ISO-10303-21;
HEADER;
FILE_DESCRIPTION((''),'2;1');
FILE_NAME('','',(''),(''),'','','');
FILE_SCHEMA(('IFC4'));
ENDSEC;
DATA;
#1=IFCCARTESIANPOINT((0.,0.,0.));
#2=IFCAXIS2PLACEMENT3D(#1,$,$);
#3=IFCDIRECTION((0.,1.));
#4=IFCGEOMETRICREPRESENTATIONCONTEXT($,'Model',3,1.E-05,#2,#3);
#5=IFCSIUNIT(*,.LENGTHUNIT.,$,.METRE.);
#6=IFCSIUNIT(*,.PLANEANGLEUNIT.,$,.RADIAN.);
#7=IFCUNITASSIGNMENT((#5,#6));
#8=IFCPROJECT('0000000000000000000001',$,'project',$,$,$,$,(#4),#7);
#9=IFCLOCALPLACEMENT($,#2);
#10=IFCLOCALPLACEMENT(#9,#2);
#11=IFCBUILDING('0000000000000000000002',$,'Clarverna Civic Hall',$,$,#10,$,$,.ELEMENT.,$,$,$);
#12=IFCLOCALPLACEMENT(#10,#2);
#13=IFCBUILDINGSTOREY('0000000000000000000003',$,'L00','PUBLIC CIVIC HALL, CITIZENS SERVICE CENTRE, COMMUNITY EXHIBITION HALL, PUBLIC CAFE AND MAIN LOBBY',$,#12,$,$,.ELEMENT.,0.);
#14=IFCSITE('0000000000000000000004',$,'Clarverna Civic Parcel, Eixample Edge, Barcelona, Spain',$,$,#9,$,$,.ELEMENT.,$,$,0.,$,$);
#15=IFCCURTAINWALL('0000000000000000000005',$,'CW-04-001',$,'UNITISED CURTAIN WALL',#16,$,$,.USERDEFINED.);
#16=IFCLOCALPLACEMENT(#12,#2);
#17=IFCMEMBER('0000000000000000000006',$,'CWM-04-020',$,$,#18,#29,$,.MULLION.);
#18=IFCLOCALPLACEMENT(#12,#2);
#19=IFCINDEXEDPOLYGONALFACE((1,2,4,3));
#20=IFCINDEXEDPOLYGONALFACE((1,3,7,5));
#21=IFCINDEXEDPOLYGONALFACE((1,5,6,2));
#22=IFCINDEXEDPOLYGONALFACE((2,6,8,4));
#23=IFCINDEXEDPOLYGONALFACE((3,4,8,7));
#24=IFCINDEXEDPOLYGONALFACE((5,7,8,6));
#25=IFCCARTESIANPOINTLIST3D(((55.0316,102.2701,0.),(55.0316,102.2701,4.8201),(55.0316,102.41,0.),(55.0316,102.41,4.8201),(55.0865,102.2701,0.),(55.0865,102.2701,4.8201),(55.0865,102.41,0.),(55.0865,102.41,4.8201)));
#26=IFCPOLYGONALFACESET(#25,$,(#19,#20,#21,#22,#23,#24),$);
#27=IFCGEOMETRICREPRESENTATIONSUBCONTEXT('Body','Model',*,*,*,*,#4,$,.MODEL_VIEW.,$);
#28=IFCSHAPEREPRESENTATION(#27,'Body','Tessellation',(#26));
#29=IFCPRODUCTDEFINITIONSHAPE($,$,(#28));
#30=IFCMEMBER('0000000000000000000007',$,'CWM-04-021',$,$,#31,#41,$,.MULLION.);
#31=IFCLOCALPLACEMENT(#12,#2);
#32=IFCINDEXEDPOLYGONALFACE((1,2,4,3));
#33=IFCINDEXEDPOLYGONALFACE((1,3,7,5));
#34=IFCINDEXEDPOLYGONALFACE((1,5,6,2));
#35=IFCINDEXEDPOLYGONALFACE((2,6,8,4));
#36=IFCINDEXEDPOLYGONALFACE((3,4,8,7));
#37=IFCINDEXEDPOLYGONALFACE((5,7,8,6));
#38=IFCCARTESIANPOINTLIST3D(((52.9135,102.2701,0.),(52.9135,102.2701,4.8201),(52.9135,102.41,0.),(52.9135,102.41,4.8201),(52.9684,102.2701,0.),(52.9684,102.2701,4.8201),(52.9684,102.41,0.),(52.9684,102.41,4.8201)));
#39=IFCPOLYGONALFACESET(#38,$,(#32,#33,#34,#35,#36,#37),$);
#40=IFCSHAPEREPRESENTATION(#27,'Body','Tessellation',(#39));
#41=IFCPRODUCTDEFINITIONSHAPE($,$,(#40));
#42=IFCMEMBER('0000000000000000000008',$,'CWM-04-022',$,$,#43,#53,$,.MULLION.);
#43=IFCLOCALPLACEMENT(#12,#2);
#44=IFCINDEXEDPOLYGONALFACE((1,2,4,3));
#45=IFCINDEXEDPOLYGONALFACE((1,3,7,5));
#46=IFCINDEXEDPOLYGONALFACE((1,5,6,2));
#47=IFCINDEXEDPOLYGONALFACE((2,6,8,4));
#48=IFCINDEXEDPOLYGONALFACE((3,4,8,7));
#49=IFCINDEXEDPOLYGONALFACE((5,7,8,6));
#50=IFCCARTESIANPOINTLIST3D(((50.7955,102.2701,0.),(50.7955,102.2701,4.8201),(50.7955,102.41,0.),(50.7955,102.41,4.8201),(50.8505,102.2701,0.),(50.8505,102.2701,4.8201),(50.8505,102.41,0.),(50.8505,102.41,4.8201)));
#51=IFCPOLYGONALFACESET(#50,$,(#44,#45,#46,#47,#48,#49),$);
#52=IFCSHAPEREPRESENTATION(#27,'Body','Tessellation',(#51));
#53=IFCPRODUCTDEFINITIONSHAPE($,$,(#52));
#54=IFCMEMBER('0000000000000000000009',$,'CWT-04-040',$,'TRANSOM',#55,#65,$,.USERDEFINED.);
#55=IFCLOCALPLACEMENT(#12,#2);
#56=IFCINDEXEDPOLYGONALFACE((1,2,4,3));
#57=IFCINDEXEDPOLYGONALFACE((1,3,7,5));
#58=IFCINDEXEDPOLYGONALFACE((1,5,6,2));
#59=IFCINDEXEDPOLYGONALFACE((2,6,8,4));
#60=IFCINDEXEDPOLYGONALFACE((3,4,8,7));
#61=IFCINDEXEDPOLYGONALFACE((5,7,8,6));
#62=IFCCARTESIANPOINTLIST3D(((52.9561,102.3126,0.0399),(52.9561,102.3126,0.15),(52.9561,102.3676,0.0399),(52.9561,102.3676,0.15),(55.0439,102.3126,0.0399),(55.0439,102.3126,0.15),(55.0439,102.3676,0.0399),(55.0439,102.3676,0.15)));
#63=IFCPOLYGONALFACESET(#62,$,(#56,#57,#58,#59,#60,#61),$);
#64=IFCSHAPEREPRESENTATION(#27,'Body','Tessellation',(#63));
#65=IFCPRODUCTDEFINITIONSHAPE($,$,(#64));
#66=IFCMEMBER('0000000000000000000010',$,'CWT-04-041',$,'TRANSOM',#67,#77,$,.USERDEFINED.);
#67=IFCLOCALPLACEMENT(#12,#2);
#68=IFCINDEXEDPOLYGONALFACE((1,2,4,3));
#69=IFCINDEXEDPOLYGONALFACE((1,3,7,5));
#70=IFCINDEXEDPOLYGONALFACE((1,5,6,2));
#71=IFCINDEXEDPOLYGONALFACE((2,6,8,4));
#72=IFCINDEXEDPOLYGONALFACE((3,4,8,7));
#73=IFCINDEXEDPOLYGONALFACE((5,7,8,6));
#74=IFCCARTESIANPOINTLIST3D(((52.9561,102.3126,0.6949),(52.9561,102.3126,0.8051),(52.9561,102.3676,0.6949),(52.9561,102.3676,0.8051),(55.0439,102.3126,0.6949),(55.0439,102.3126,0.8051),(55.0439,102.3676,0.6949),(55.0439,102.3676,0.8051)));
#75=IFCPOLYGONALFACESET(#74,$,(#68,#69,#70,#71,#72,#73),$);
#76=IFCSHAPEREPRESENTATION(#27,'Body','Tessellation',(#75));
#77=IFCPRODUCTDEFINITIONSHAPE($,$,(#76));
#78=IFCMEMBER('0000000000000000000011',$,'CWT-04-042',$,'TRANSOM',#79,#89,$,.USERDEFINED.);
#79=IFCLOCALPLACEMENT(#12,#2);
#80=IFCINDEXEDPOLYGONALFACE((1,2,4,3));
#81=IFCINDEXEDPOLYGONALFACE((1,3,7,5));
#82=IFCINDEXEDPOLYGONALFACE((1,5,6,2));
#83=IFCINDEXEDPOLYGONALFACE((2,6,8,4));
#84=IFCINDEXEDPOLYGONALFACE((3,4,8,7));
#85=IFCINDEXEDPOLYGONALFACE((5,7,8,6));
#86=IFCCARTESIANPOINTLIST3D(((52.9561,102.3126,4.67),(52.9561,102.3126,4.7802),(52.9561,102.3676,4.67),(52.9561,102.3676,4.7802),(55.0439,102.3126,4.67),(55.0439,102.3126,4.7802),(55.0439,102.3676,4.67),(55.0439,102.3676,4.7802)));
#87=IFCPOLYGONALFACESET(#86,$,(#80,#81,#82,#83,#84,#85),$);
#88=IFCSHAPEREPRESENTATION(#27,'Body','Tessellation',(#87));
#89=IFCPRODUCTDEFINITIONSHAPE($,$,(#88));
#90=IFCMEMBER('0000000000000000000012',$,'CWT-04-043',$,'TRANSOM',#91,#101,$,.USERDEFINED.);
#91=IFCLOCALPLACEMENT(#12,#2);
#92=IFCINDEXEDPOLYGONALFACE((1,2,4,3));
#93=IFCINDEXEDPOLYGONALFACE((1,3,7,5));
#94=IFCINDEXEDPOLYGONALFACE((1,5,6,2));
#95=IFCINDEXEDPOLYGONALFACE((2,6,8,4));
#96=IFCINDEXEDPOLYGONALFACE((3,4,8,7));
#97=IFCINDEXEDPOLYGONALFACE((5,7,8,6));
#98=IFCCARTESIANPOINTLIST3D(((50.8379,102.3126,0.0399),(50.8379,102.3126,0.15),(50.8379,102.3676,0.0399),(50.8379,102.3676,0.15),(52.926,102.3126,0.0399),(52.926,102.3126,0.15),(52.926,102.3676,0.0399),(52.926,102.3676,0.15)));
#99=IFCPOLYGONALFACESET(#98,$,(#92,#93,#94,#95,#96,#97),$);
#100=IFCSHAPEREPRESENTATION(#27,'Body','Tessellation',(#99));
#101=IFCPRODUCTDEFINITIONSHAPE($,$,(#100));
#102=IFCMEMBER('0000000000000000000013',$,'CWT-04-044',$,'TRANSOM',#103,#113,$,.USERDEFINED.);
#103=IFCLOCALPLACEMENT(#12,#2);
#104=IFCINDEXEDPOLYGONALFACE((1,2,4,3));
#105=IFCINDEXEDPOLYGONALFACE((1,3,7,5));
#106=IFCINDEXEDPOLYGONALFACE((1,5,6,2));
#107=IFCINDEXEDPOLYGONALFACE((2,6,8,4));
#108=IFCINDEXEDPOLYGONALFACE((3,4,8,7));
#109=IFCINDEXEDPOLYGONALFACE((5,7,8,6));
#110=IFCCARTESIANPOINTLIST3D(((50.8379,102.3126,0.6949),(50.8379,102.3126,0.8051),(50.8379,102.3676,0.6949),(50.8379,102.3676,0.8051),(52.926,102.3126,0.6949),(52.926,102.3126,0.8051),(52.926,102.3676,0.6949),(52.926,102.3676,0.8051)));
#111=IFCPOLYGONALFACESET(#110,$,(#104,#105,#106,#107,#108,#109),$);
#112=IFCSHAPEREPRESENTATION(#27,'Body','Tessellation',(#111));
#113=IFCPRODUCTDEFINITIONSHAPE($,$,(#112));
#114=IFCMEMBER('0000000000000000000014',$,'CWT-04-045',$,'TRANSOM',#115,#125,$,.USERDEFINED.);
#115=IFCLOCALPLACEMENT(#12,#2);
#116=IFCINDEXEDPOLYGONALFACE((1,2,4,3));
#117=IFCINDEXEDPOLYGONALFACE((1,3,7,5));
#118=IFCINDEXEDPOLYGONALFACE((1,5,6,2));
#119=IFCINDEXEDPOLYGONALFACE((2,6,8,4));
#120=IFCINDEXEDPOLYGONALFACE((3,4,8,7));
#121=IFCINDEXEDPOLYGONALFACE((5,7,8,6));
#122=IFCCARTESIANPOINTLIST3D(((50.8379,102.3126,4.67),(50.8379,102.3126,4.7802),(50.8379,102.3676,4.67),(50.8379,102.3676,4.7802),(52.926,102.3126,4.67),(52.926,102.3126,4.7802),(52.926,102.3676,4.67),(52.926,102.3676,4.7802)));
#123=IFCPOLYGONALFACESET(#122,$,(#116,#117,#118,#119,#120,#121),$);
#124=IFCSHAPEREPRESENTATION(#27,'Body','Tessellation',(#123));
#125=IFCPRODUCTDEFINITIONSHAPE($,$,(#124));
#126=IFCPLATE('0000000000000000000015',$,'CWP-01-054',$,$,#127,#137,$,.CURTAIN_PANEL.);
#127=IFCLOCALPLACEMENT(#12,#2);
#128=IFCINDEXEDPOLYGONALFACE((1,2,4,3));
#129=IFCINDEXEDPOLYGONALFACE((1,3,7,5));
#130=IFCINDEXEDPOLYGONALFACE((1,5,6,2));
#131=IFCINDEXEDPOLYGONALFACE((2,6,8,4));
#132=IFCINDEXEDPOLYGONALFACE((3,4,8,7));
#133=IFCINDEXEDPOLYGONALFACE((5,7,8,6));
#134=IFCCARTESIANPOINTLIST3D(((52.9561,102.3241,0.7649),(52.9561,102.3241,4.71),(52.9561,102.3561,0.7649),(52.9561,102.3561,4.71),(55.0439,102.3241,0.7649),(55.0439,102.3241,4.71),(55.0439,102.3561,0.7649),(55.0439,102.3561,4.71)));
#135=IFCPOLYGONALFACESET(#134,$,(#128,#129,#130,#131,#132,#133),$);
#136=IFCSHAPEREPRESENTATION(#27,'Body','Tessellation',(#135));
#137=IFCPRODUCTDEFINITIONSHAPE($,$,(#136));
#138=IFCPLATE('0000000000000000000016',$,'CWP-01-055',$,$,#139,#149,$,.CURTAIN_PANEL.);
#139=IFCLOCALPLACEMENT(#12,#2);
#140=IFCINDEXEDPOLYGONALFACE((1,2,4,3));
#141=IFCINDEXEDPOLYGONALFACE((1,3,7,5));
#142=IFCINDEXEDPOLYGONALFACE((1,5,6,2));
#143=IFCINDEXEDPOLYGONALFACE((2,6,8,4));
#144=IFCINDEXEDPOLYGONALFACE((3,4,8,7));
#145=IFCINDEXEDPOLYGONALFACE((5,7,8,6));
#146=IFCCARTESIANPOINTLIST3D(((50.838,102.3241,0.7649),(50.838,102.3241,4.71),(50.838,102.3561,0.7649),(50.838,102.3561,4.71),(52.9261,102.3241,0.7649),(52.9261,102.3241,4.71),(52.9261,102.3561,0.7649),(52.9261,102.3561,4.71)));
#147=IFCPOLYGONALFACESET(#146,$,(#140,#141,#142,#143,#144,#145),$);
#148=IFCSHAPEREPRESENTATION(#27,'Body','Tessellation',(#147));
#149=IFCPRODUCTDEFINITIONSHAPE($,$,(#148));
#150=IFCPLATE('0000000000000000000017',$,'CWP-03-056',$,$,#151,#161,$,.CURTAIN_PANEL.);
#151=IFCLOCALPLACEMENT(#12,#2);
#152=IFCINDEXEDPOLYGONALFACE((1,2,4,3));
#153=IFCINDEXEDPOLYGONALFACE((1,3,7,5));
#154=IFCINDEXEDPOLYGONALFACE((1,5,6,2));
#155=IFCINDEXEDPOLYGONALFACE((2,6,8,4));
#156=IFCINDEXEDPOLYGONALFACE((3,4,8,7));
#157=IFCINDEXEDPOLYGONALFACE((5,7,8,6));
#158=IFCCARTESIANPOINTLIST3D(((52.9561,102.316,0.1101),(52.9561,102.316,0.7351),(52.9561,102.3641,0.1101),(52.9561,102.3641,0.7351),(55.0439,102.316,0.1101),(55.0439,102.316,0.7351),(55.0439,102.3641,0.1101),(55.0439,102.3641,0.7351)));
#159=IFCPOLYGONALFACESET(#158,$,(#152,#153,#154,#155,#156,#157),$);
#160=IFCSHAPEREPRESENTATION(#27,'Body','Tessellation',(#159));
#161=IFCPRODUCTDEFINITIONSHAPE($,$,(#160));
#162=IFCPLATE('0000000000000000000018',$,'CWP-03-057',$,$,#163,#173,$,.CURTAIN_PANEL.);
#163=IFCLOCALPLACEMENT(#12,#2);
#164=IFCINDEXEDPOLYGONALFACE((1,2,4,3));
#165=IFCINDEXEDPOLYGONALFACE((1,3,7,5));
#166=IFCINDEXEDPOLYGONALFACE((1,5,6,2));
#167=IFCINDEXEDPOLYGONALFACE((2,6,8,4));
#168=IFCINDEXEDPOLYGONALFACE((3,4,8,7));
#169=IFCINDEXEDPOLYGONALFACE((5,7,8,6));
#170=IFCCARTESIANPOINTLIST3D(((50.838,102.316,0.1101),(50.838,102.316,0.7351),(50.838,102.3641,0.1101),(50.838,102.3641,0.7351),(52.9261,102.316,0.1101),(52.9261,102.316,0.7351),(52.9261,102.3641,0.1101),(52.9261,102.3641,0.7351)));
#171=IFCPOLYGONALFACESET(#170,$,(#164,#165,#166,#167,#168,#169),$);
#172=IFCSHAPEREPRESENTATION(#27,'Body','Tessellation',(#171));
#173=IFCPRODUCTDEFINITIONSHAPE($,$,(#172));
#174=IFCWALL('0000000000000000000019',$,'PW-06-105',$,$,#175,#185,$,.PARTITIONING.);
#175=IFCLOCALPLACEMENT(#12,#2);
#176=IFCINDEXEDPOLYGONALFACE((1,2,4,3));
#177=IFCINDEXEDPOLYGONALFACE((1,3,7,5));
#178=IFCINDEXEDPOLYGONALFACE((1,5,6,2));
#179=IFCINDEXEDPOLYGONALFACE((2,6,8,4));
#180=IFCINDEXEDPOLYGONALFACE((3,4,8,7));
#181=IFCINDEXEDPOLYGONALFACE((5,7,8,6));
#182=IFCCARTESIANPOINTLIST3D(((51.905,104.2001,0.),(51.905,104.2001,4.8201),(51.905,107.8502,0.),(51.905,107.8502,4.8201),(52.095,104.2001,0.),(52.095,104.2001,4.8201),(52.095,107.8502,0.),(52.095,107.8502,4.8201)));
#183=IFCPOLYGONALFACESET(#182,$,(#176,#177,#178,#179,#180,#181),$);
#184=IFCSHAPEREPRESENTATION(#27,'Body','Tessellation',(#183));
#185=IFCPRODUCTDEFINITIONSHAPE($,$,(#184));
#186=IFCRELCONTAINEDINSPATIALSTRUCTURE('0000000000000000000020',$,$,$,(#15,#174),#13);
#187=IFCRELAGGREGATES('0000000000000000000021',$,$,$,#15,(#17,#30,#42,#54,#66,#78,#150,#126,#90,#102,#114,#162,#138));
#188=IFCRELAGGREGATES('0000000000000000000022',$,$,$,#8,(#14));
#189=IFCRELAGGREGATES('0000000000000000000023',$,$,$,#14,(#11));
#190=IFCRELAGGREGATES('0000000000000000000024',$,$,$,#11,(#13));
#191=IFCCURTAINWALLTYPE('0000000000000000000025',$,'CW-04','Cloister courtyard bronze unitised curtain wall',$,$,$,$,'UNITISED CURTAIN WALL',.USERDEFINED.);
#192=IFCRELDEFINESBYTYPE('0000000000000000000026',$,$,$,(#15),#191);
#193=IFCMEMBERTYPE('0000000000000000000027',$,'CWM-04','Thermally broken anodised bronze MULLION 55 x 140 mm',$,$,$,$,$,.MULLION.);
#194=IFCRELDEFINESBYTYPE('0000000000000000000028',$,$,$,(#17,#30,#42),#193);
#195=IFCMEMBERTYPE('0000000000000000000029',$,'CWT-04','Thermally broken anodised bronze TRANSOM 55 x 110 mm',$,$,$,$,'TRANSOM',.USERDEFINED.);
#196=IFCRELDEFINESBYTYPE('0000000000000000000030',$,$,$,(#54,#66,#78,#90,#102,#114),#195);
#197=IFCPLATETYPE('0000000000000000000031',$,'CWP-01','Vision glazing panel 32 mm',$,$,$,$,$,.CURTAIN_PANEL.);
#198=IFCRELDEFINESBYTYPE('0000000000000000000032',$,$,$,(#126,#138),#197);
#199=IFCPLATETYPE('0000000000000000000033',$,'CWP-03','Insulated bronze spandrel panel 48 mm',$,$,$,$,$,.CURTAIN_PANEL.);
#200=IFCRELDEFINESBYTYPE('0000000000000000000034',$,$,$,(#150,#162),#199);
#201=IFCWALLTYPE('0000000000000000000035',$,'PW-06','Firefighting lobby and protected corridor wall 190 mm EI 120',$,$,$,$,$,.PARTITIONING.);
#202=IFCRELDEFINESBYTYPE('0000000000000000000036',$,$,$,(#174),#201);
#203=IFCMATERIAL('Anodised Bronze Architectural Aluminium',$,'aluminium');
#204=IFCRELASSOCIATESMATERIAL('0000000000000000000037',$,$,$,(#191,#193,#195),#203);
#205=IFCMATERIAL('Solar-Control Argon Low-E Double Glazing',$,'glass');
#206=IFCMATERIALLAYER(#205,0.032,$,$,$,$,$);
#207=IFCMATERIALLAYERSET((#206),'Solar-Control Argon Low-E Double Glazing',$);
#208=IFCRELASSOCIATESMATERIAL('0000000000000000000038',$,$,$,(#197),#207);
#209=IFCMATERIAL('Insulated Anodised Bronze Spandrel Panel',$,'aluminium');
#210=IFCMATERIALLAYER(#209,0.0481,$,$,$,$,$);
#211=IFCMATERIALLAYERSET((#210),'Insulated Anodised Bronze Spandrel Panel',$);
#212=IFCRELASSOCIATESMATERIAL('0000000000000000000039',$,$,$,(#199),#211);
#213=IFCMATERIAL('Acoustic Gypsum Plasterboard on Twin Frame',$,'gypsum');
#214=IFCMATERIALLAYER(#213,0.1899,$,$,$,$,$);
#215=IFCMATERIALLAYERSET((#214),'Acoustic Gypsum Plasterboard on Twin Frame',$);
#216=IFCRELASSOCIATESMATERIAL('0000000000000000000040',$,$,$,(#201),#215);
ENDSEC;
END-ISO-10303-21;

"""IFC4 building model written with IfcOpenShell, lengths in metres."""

from ifc_helpers import new_model, si_unit, direction, frame, frame_2d, origin, origin_2d, place, context, subcontext, project, spatial, rectangle, extrude, material, layer, layer_set, material_profile, profile_set, type_object, element, aggregate, save


model = new_model("IFC4")

# Units and contexts
model_context = context("Model", 3, precision=1e-05, world=origin(), true_north=direction((0.0, 1.0)))
body_context = subcontext(model_context, "Body", "Model", "MODEL_VIEW")
ifc_project = project(units=[si_unit("LENGTHUNIT", "METRE"), si_unit("PLANEANGLEUNIT", "RADIAN")], contexts=[model_context])

# Site, building, storey
site_placement = place(None, origin())
site = spatial("IfcSite", under=ifc_project, at=site_placement, Name="Clarverna Civic Parcel, Eixample Edge, Barcelona, Spain", CompositionType="ELEMENT", RefElevation=0.0)
building_placement = place(site_placement, origin())
building = spatial("IfcBuilding", under=site, at=building_placement, Name="Clarverna Civic Hall", CompositionType="ELEMENT")
storey_placement = place(building_placement, origin())
storey = spatial("IfcBuildingStorey", under=building, at=storey_placement, Name="L00", Description="PUBLIC CIVIC HALL, CITIZENS SERVICE CENTRE, COMMUNITY EXHIBITION HALL, PUBLIC CAFE AND MAIN LOBBY", CompositionType="ELEMENT", Elevation=0.0)

# Curtain wall, members, plates
ifc_material_1 = material(Name="Anodised Bronze Architectural Aluminium", Category="aluminium")
curtain_wall_type = type_object("IfcCurtainWallType", Name="CW-04", Description="Cloister courtyard bronze unitised curtain wall", ElementType="UNITISED CURTAIN WALL", PredefinedType="USERDEFINED", material=ifc_material_1)
curtain_wall_placement = place(storey_placement, origin())
curtain_wall = element("IfcCurtainWall", 1, at=curtain_wall_placement, inside=storey, type_object=curtain_wall_type, Name="CW-04-001", ObjectType="UNITISED CURTAIN WALL", PredefinedType="USERDEFINED")
ifc_material_profile_1 = material_profile(ifc_material_1, rectangle(XDim=0.0549, YDim=0.1399, at=origin_2d()), Name="BRONZE 55x140")
ifc_profile_set_1 = profile_set([ifc_material_profile_1], Name="Anodised Bronze Architectural Aluminium")
member_type_1 = type_object("IfcMemberType", Name="CWM-04", Description="Thermally broken anodised bronze MULLION 55 x 140 mm", PredefinedType="MULLION", material=ifc_profile_set_1)
member_1_placement = place(storey_placement, frame((55.0591, 102.3401, 0.0), z_axis=(0.0, 0.0, 1.0), x_axis=(1.0, 0.0, 0.0)))
member_1 = element("IfcMember", 2, at=member_1_placement, type_object=member_type_1, Name="CWM-04-020", PredefinedType="MULLION", context=body_context, shape_type="SweptSolid", body=[
    extrude(rectangle(XDim=0.0549, YDim=0.1399, at=origin_2d()), origin(), (0.0, 0.0, 1.0), 4.8201),
])
member_2_placement = place(storey_placement, frame((52.9409, 102.3401, 0.0), z_axis=(0.0, 0.0, 1.0), x_axis=(1.0, 0.0, 0.0)))
member_2 = element("IfcMember", 3, at=member_2_placement, type_object=member_type_1, Name="CWM-04-021", PredefinedType="MULLION", context=body_context, shape_type="SweptSolid", body=[
    extrude(rectangle(XDim=0.0549, YDim=0.1399, at=origin_2d()), origin(), (0.0, 0.0, 1.0), 4.8201),
])
member_3_placement = place(storey_placement, frame((50.823, 102.3401, 0.0), z_axis=(0.0, 0.0, 1.0), x_axis=(1.0, 0.0, 0.0)))
member_3 = element("IfcMember", 4, at=member_3_placement, type_object=member_type_1, Name="CWM-04-022", PredefinedType="MULLION", context=body_context, shape_type="SweptSolid", body=[
    extrude(rectangle(XDim=0.0549, YDim=0.1399, at=origin_2d()), origin(), (0.0, 0.0, 1.0), 4.8201),
])
ifc_material_profile_2 = material_profile(ifc_material_1, rectangle(XDim=0.0549, YDim=0.1101, at=origin_2d()), Name="BRONZE 55x110")
ifc_profile_set_2 = profile_set([ifc_material_profile_2], Name="Anodised Bronze Architectural Aluminium")
member_type_2 = type_object("IfcMemberType", Name="CWT-04", Description="Thermally broken anodised bronze TRANSOM 55 x 110 mm", ElementType="TRANSOM", PredefinedType="USERDEFINED", material=ifc_profile_set_2)
member_4_placement = place(storey_placement, frame((55.0439, 102.3401, 0.095), z_axis=(-1.0, 0.0, 0.0), x_axis=(0.0, -1.0, 0.0)))
member_4 = element("IfcMember", 5, at=member_4_placement, type_object=member_type_2, Name="CWT-04-040", ObjectType="TRANSOM", PredefinedType="USERDEFINED", context=body_context, shape_type="SweptSolid", body=[
    extrude(rectangle(XDim=0.0549, YDim=0.1101, at=origin_2d()), origin(), (0.0, 0.0, 1.0), 2.0879),
])
member_5_placement = place(storey_placement, frame((55.0439, 102.3401, 0.75), z_axis=(-1.0, 0.0, 0.0), x_axis=(0.0, -1.0, 0.0)))
member_5 = element("IfcMember", 6, at=member_5_placement, type_object=member_type_2, Name="CWT-04-041", ObjectType="TRANSOM", PredefinedType="USERDEFINED", context=body_context, shape_type="SweptSolid", body=[
    extrude(rectangle(XDim=0.0549, YDim=0.1101, at=origin_2d()), origin(), (0.0, 0.0, 1.0), 2.0879),
])
member_6_placement = place(storey_placement, frame((55.0439, 102.3401, 4.7251), z_axis=(-1.0, 0.0, 0.0), x_axis=(0.0, -1.0, 0.0)))
member_6 = element("IfcMember", 7, at=member_6_placement, type_object=member_type_2, Name="CWT-04-042", ObjectType="TRANSOM", PredefinedType="USERDEFINED", context=body_context, shape_type="SweptSolid", body=[
    extrude(rectangle(XDim=0.0549, YDim=0.1101, at=origin_2d()), origin(), (0.0, 0.0, 1.0), 2.0879),
])
member_7_placement = place(storey_placement, frame((52.926, 102.3401, 0.095), z_axis=(-1.0, 0.0, 0.0), x_axis=(0.0, -1.0, 0.0)))
member_7 = element("IfcMember", 8, at=member_7_placement, type_object=member_type_2, Name="CWT-04-043", ObjectType="TRANSOM", PredefinedType="USERDEFINED", context=body_context, shape_type="SweptSolid", body=[
    extrude(rectangle(XDim=0.0549, YDim=0.1101, at=origin_2d()), origin(), (0.0, 0.0, 1.0), 2.0881),
])
member_8_placement = place(storey_placement, frame((52.926, 102.3401, 0.75), z_axis=(-1.0, 0.0, 0.0), x_axis=(0.0, -1.0, 0.0)))
member_8 = element("IfcMember", 9, at=member_8_placement, type_object=member_type_2, Name="CWT-04-044", ObjectType="TRANSOM", PredefinedType="USERDEFINED", context=body_context, shape_type="SweptSolid", body=[
    extrude(rectangle(XDim=0.0549, YDim=0.1101, at=origin_2d()), origin(), (0.0, 0.0, 1.0), 2.0881),
])
member_9_placement = place(storey_placement, frame((52.926, 102.3401, 4.7251), z_axis=(-1.0, 0.0, 0.0), x_axis=(0.0, -1.0, 0.0)))
member_9 = element("IfcMember", 10, at=member_9_placement, type_object=member_type_2, Name="CWT-04-045", ObjectType="TRANSOM", PredefinedType="USERDEFINED", context=body_context, shape_type="SweptSolid", body=[
    extrude(rectangle(XDim=0.0549, YDim=0.1101, at=origin_2d()), origin(), (0.0, 0.0, 1.0), 2.0881),
])
ifc_material_2 = material(Name="Solar-Control Argon Low-E Double Glazing", Category="glass")
ifc_layer_1 = layer(ifc_material_2, 0.032)
ifc_layer_set_1 = layer_set([ifc_layer_1], Name="Solar-Control Argon Low-E Double Glazing")
plate_type_1 = type_object("IfcPlateType", Name="CWP-01", Description="Vision glazing panel 32 mm", PredefinedType="CURTAIN_PANEL", material=ifc_layer_set_1)
plate_1_placement = place(storey_placement, frame((55.0439, 102.3401, 0.7649), z_axis=(0.0, 0.0, 1.0), x_axis=(-1.0, 0.0, 0.0)))
plate_1 = element("IfcPlate", 11, at=plate_1_placement, type_object=plate_type_1, Name="CWP-01-054", PredefinedType="CURTAIN_PANEL", context=body_context, shape_type="SweptSolid", body=[
    extrude(rectangle(XDim=2.0879, YDim=0.032, at=frame_2d((1.0439, 0.0))), origin(), (0.0, 0.0, 1.0), 3.9451),
])
plate_2_placement = place(storey_placement, frame((52.926, 102.3401, 0.7649), z_axis=(0.0, 0.0, 1.0), x_axis=(-1.0, 0.0, 0.0)))
plate_2 = element("IfcPlate", 12, at=plate_2_placement, type_object=plate_type_1, Name="CWP-01-055", PredefinedType="CURTAIN_PANEL", context=body_context, shape_type="SweptSolid", body=[
    extrude(rectangle(XDim=2.0881, YDim=0.032, at=frame_2d((1.0439, 0.0))), origin(), (0.0, 0.0, 1.0), 3.9451),
])
ifc_material_3 = material(Name="Insulated Anodised Bronze Spandrel Panel", Category="aluminium")
ifc_layer_2 = layer(ifc_material_3, 0.0481)
ifc_layer_set_2 = layer_set([ifc_layer_2], Name="Insulated Anodised Bronze Spandrel Panel")
plate_type_2 = type_object("IfcPlateType", Name="CWP-03", Description="Insulated bronze spandrel panel 48 mm", PredefinedType="CURTAIN_PANEL", material=ifc_layer_set_2)
plate_3_placement = place(storey_placement, frame((55.0439, 102.3401, 0.1101), z_axis=(0.0, 0.0, 1.0), x_axis=(-1.0, 0.0, 0.0)))
plate_3 = element("IfcPlate", 13, at=plate_3_placement, type_object=plate_type_2, Name="CWP-03-056", PredefinedType="CURTAIN_PANEL", context=body_context, shape_type="SweptSolid", body=[
    extrude(rectangle(XDim=2.0879, YDim=0.0481, at=frame_2d((1.0439, 0.0))), origin(), (0.0, 0.0, 1.0), 0.625),
])
plate_4_placement = place(storey_placement, frame((52.926, 102.3401, 0.1101), z_axis=(0.0, 0.0, 1.0), x_axis=(-1.0, 0.0, 0.0)))
plate_4 = element("IfcPlate", 14, at=plate_4_placement, type_object=plate_type_2, Name="CWP-03-057", PredefinedType="CURTAIN_PANEL", context=body_context, shape_type="SweptSolid", body=[
    extrude(rectangle(XDim=2.0881, YDim=0.0481, at=frame_2d((1.0439, 0.0))), origin(), (0.0, 0.0, 1.0), 0.625),
])
aggregate(curtain_wall, [member_1, member_2, member_3, member_4, member_5, member_6, plate_3, plate_1, member_7, member_8, member_9, plate_4, plate_2])

# Wall
ifc_material_4 = material(Name="Acoustic Gypsum Plasterboard on Twin Frame", Category="gypsum")
ifc_layer_3 = layer(ifc_material_4, 0.1899)
ifc_layer_set_3 = layer_set([ifc_layer_3], Name="Acoustic Gypsum Plasterboard on Twin Frame")
wall_type = type_object("IfcWallType", Name="PW-06", Description="Firefighting lobby and protected corridor wall 190 mm EI 120", PredefinedType="PARTITIONING", material=ifc_layer_set_3)
wall_1_placement = place(storey_placement, frame((52.0, 104.2, 0.0), z_axis=(0.0, 0.0, 1.0), x_axis=(0.0, 1.0, 0.0)))
element("IfcWall", 15, at=wall_1_placement, inside=storey, type_object=wall_type, Name="PW-06-105", PredefinedType="PARTITIONING", context=body_context, shape_type="SweptSolid", body=[
    extrude(rectangle(XDim=3.6501, YDim=0.1899, at=frame_2d((1.8252, 0.0))), origin(), (0.0, 0.0, 1.0), 4.8201),
])

save(model, "model.ifc")
